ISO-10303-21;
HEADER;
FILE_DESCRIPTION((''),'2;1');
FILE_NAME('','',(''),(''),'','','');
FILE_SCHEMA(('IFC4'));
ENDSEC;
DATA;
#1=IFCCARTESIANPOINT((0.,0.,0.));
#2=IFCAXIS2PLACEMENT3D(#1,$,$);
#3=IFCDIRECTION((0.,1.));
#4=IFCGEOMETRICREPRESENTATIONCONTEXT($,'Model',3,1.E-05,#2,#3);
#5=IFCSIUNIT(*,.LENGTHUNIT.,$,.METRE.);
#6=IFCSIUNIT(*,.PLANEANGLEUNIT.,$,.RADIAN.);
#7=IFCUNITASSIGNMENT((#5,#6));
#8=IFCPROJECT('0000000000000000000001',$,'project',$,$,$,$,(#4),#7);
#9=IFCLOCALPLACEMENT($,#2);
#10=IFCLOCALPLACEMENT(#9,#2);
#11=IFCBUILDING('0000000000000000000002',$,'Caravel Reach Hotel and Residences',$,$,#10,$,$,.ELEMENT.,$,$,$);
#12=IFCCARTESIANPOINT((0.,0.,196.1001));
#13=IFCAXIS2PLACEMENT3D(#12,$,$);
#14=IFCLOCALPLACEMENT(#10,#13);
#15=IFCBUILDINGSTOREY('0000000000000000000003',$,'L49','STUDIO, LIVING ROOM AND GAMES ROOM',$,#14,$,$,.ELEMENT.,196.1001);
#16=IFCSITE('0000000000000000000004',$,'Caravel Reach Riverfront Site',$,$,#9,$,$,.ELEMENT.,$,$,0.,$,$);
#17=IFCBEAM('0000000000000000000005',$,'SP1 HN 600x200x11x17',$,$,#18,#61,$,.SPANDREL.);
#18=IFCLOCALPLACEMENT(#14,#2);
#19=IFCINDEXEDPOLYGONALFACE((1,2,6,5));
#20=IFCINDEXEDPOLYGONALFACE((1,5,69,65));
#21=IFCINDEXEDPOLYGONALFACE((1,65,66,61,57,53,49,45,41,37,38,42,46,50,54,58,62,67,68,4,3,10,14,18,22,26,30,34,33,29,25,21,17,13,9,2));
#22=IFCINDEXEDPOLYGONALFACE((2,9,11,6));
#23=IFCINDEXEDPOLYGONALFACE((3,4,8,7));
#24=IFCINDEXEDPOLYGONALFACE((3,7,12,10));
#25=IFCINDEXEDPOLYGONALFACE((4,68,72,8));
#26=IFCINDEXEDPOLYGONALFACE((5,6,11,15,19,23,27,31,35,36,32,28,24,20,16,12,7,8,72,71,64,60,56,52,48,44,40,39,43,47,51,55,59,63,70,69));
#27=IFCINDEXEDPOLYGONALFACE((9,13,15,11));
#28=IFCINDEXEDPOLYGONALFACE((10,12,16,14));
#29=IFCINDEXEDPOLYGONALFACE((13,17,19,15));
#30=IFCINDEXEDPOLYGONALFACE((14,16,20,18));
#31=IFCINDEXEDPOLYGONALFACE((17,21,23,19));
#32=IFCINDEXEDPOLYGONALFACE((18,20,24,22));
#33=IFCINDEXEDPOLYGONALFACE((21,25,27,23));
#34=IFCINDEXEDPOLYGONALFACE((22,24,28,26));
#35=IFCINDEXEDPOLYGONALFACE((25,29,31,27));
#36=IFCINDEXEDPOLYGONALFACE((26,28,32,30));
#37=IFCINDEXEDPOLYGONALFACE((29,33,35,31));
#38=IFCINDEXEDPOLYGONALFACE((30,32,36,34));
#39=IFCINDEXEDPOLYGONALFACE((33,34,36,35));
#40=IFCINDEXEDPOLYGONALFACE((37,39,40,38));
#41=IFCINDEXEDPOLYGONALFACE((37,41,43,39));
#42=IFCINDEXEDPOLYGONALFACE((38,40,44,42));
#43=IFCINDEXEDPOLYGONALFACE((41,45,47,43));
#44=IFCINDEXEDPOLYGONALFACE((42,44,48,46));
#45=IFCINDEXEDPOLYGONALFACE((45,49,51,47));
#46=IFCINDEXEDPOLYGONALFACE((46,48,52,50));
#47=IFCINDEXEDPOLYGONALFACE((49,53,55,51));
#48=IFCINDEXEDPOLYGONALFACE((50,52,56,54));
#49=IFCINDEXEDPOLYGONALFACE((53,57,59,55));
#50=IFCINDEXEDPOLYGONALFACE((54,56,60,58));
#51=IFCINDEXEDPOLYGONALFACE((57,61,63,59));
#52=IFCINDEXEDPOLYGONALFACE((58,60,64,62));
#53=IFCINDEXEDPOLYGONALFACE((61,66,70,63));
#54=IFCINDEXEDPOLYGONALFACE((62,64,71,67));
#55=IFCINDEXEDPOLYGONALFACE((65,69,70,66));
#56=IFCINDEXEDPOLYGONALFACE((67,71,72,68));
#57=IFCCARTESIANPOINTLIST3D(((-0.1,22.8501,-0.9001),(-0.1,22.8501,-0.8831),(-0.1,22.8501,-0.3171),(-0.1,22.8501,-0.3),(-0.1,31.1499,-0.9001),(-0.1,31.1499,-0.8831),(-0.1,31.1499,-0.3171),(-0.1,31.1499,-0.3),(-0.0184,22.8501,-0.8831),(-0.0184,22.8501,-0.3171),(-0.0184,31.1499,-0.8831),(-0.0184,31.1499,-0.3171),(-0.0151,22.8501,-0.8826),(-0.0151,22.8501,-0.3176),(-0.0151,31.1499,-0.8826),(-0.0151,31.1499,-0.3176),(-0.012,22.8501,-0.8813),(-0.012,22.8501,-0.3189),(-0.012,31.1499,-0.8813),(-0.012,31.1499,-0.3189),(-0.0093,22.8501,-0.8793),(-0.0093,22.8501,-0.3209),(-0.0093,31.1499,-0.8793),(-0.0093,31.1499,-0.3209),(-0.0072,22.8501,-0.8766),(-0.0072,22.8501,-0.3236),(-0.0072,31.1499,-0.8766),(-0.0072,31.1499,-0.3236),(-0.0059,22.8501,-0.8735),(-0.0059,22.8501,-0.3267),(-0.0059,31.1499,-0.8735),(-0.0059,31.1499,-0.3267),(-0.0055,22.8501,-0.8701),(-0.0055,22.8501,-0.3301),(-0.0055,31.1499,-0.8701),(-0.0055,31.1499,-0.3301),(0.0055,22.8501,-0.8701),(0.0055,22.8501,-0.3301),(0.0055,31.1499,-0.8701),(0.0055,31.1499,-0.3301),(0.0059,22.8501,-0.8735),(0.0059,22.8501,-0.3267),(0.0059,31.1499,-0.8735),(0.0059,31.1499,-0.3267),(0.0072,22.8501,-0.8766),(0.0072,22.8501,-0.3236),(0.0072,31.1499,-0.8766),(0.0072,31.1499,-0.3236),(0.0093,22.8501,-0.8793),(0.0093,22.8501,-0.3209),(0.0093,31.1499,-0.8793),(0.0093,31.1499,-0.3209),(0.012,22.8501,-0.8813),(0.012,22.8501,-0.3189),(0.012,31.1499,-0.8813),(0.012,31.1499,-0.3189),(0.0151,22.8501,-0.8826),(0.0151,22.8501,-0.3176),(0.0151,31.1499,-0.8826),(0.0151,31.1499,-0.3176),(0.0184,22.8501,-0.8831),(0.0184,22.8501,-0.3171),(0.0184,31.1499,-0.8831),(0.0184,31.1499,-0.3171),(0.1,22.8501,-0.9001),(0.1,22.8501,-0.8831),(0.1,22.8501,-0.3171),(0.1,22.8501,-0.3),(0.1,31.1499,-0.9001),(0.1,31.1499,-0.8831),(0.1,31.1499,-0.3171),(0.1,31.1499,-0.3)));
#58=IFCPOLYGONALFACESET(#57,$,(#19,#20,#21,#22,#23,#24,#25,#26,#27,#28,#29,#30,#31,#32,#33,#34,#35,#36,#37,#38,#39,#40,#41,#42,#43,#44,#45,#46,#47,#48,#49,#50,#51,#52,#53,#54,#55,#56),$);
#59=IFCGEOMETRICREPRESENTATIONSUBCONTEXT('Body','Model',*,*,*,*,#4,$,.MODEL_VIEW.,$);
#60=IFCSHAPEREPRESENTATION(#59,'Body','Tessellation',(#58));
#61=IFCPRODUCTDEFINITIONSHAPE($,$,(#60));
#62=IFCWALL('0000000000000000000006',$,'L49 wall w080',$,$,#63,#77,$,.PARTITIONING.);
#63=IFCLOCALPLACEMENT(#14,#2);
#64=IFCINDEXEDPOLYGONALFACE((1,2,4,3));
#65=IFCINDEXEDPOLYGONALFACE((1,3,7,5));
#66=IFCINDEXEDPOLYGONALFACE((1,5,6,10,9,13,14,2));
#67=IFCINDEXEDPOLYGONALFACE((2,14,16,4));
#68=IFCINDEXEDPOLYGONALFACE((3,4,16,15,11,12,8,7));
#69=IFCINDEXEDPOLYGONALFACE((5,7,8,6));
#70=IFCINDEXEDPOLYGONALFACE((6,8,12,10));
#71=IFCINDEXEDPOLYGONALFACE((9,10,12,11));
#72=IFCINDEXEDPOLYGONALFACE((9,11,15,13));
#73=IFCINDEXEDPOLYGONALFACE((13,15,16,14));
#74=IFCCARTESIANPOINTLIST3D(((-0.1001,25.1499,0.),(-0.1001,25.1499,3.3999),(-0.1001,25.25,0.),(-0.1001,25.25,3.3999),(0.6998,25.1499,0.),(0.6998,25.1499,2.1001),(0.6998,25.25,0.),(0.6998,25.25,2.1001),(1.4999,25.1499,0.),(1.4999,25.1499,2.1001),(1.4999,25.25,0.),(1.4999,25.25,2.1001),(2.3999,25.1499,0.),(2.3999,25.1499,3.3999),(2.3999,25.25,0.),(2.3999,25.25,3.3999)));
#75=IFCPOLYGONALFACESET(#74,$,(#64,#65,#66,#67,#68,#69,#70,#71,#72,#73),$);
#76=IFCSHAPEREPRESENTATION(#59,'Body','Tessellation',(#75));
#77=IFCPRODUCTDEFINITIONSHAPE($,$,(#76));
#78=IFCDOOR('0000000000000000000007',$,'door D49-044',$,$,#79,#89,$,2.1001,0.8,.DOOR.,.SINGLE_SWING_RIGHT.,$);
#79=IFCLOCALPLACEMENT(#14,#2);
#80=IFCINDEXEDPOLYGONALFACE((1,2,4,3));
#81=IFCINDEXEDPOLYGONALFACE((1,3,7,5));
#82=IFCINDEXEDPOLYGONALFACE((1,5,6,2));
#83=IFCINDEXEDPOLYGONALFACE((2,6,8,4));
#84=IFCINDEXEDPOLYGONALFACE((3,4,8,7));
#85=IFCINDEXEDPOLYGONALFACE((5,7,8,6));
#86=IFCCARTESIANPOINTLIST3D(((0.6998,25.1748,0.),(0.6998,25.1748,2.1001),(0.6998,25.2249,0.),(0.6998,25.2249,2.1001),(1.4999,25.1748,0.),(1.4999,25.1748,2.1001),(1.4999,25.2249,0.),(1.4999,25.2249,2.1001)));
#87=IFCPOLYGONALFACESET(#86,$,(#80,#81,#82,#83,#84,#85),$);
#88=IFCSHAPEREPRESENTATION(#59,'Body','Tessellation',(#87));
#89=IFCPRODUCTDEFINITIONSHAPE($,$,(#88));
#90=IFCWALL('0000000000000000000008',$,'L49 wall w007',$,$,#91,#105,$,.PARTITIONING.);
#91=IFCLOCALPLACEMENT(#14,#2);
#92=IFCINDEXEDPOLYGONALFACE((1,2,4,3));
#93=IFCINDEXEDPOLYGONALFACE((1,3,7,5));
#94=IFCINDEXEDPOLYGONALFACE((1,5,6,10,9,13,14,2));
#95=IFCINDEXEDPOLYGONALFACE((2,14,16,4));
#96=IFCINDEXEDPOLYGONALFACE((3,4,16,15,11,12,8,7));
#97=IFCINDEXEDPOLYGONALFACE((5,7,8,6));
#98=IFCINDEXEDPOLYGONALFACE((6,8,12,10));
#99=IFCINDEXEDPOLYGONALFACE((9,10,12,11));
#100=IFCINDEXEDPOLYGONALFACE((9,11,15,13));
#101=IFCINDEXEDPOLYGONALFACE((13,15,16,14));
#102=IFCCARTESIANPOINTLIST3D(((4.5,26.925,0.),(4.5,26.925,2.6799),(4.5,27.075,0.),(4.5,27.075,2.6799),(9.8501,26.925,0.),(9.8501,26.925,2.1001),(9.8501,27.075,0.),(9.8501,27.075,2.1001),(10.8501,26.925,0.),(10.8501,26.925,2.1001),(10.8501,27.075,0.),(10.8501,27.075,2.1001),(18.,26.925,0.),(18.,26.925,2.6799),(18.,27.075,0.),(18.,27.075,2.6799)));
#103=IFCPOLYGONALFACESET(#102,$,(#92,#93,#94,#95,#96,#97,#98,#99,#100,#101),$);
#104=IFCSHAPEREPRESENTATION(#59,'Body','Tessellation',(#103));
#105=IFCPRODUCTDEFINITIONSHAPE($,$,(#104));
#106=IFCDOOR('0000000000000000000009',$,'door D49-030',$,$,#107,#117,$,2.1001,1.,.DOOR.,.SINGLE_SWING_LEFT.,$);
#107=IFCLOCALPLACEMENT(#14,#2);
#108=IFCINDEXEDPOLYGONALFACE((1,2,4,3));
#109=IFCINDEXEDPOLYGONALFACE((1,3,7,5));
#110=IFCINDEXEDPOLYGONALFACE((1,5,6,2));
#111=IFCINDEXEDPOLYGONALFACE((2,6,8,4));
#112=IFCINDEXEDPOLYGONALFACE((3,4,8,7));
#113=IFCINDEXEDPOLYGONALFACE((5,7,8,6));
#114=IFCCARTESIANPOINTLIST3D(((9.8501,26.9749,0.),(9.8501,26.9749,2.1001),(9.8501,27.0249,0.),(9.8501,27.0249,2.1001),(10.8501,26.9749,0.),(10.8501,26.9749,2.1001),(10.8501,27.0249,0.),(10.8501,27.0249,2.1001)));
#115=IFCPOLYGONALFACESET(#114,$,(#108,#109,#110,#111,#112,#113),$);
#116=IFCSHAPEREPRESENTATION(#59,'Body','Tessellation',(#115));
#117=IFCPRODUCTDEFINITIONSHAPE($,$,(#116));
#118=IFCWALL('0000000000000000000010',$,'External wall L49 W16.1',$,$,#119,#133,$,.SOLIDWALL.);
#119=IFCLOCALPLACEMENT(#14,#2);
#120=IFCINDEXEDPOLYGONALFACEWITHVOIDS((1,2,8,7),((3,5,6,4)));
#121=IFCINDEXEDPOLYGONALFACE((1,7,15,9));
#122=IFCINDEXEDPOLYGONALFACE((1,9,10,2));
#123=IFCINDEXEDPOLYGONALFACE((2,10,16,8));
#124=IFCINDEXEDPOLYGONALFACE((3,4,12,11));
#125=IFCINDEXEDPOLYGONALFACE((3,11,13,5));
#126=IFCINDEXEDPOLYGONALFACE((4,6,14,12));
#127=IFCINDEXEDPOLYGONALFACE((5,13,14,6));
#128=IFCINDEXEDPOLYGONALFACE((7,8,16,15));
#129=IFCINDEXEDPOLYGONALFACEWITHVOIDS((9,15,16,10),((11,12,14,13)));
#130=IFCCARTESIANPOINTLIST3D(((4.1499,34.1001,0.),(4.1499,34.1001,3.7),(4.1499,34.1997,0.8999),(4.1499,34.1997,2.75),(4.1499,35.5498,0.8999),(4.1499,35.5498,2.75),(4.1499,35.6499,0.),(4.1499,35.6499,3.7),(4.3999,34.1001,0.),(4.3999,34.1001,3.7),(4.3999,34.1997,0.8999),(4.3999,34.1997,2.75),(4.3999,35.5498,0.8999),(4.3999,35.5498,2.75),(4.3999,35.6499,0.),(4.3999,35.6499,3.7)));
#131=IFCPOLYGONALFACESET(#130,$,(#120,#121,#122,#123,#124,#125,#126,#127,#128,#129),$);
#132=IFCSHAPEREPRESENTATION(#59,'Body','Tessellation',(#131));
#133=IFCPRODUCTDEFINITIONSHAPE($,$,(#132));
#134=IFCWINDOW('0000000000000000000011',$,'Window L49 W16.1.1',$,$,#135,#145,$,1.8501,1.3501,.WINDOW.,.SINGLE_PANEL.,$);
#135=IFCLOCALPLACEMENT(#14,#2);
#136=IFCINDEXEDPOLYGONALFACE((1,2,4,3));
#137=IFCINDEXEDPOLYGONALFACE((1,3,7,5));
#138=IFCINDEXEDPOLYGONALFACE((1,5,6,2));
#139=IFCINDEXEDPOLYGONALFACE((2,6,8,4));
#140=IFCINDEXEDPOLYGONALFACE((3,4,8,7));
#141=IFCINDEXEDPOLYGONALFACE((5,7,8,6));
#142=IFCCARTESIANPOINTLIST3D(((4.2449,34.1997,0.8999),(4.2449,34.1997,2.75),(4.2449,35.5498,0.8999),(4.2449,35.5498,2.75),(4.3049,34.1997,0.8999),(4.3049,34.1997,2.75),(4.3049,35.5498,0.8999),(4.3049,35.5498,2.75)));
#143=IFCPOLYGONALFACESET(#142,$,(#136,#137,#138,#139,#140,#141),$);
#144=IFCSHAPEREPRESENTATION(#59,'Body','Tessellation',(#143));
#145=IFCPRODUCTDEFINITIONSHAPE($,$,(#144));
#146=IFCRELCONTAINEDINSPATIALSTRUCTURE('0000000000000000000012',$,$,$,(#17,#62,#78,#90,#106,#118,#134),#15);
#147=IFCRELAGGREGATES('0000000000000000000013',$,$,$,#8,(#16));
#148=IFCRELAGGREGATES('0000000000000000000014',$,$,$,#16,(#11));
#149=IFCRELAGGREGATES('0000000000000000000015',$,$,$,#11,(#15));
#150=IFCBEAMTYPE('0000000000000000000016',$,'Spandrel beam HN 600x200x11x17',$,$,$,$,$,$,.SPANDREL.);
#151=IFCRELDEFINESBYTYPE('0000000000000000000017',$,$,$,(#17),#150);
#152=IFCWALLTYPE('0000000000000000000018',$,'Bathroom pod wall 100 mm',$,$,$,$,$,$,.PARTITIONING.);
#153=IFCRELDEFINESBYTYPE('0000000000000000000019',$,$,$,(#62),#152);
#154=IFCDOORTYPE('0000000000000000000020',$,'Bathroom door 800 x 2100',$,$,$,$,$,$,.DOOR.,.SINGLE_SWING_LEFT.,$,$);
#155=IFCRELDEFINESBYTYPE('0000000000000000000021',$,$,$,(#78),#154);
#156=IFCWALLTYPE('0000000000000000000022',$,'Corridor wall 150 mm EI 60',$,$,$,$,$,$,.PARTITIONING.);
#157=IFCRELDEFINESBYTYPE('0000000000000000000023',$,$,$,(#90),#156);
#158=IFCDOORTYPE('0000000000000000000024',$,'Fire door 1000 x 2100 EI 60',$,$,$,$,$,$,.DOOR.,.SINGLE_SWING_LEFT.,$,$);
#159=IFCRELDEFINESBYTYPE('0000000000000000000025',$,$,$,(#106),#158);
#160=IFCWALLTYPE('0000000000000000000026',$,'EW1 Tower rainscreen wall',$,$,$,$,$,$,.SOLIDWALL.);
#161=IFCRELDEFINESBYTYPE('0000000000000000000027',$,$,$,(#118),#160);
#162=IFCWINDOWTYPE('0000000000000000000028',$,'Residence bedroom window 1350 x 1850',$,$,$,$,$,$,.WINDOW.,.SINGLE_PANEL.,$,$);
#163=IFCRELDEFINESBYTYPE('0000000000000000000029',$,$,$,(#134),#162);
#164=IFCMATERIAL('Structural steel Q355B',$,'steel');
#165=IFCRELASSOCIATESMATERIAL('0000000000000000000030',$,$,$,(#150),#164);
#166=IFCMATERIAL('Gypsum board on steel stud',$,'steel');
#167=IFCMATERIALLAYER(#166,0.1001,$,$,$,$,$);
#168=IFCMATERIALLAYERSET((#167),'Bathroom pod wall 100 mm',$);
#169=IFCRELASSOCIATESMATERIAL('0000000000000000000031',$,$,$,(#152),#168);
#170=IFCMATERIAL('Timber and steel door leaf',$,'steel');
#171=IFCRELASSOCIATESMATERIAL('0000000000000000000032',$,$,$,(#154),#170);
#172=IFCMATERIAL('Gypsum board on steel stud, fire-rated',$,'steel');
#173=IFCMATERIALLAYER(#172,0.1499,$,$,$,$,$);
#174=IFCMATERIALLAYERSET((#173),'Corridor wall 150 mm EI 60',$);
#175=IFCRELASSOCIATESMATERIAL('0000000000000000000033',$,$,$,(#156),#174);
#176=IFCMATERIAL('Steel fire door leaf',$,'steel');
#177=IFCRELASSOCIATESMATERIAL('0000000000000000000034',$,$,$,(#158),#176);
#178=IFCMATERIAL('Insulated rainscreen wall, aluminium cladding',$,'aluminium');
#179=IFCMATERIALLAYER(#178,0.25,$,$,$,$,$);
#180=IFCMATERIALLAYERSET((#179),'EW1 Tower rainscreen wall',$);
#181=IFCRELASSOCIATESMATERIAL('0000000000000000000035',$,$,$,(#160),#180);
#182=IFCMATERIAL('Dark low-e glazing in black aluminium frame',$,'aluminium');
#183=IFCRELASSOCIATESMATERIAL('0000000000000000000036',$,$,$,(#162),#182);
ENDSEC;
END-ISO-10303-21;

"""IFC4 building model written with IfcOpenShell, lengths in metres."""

from ifc_helpers import new_model, si_unit, direction, frame, frame_2d, origin, origin_2d, place, context, subcontext, project, spatial, rectangle, i_section, extrude, material, layer, layer_set, material_profile, profile_set, type_object, element, fill, save


model = new_model("IFC4")

# Units and contexts
model_context = context("Model", 3, precision=1e-05, world=origin(), true_north=direction((0.0, 1.0)))
body_context = subcontext(model_context, "Body", "Model", "MODEL_VIEW")
ifc_project = project(units=[si_unit("LENGTHUNIT", "METRE"), si_unit("PLANEANGLEUNIT", "RADIAN")], contexts=[model_context])

# Site, building, storey
site_placement = place(None, origin())
site = spatial("IfcSite", under=ifc_project, at=site_placement, Name="Caravel Reach Riverfront Site", CompositionType="ELEMENT", RefElevation=0.0)
building_placement = place(site_placement, origin())
building = spatial("IfcBuilding", under=site, at=building_placement, Name="Caravel Reach Hotel and Residences", CompositionType="ELEMENT")
storey_placement = place(building_placement, frame((0.0, 0.0, 196.1001)))
storey = spatial("IfcBuildingStorey", under=building, at=storey_placement, Name="L49", Description="STUDIO, LIVING ROOM AND GAMES ROOM", CompositionType="ELEMENT", Elevation=196.1001)

# Beam
ifc_material_1 = material(Name="Structural steel Q355B", Category="steel")
ifc_material_profile_1 = material_profile(ifc_material_1, i_section(OverallWidth=0.2, OverallDepth=0.6001, WebThickness=0.011, FlangeThickness=0.0171, FilletRadius=0.0129, at=origin_2d()), Name="HN 600x200x11x17")
ifc_profile_set_1 = profile_set([ifc_material_profile_1], Name="Structural steel Q355B")
beam_type = type_object("IfcBeamType", Name="Spandrel beam HN 600x200x11x17", PredefinedType="SPANDREL", material=ifc_profile_set_1)
beam_placement = place(storey_placement, frame((0.0, 31.1499, -0.6001), z_axis=(0.0, -1.0, 0.0), x_axis=(1.0, 0.0, 0.0)))
element("IfcBeam", 1, at=beam_placement, inside=storey, type_object=beam_type, Name="SP1 HN 600x200x11x17", PredefinedType="SPANDREL", context=body_context, shape_type="SweptSolid", body=[
    extrude(i_section(OverallWidth=0.2, OverallDepth=0.6001, WebThickness=0.011, FlangeThickness=0.0171, FilletRadius=0.0129, at=origin_2d()), origin(), (0.0, 0.0, 1.0), 8.2998),
])

# Walls, openings, doors
ifc_material_2 = material(Name="Gypsum board on steel stud", Category="steel")
ifc_layer_1 = layer(ifc_material_2, 0.1001)
ifc_layer_set_1 = layer_set([ifc_layer_1], Name="Bathroom pod wall 100 mm")
wall_type_1 = type_object("IfcWallType", Name="Bathroom pod wall 100 mm", PredefinedType="PARTITIONING", material=ifc_layer_set_1)
wall_1_placement = place(storey_placement, frame((-0.1001, 25.2, 0.0), z_axis=(0.0, 0.0, 1.0), x_axis=(1.0, 0.0, 0.0)))
wall_1 = element("IfcWall", 2, at=wall_1_placement, inside=storey, type_object=wall_type_1, Name="L49 wall w080", PredefinedType="PARTITIONING", context=body_context, shape_type="SweptSolid", body=[
    extrude(rectangle(XDim=2.5, YDim=0.1001, at=frame_2d((1.25, 0.0))), origin(), (0.0, 0.0, 1.0), 3.3999),
])
opening_1_placement = place(wall_1_placement, frame((0.8, 0.0, 0.0)))
opening_1 = element("IfcOpeningElement", 3, at=opening_1_placement, cuts=wall_1, PredefinedType="OPENING", context=body_context, shape_type="SweptSolid", body=[
    extrude(rectangle(XDim=0.8, YDim=2.1001, at=frame_2d((0.3999, 1.05))), frame((0.0, 0.0601, 0.0), z_axis=(0.0, -1.0, 0.0), x_axis=(1.0, 0.0, 0.0)), (0.0, 0.0, 1.0), 0.1201),
])
ifc_material_3 = material(Name="Timber and steel door leaf", Category="steel")
door_type_1 = type_object("IfcDoorType", Name="Bathroom door 800 x 2100", OperationType="SINGLE_SWING_LEFT", PredefinedType="DOOR", material=ifc_material_3)
door_1_placement = place(opening_1_placement, origin())
door_1 = element("IfcDoor", 4, at=door_1_placement, inside=storey, type_object=door_type_1, Name="door D49-044", OperationType="SINGLE_SWING_RIGHT", OverallHeight=2.1001, OverallWidth=0.8, PredefinedType="DOOR", context=body_context, shape_type="SweptSolid", body=[
    extrude(rectangle(XDim=0.8, YDim=2.1001, at=frame_2d((0.3999, 1.05))), frame((0.0, 0.0249, 0.0), z_axis=(0.0, -1.0, 0.0), x_axis=(1.0, 0.0, 0.0)), (0.0, 0.0, 1.0), 0.05),
])
fill(opening_1, door_1)
ifc_material_4 = material(Name="Gypsum board on steel stud, fire-rated", Category="steel")
ifc_layer_2 = layer(ifc_material_4, 0.1499)
ifc_layer_set_2 = layer_set([ifc_layer_2], Name="Corridor wall 150 mm EI 60")
wall_type_2 = type_object("IfcWallType", Name="Corridor wall 150 mm EI 60", PredefinedType="PARTITIONING", material=ifc_layer_set_2)
wall_2_placement = place(storey_placement, frame((4.5, 27.0, 0.0), z_axis=(0.0, 0.0, 1.0), x_axis=(1.0, 0.0, 0.0)))
wall_2 = element("IfcWall", 5, at=wall_2_placement, inside=storey, type_object=wall_type_2, Name="L49 wall w007", PredefinedType="PARTITIONING", context=body_context, shape_type="SweptSolid", body=[
    extrude(rectangle(XDim=13.5, YDim=0.1499, at=frame_2d((6.75, 0.0))), origin(), (0.0, 0.0, 1.0), 2.6799),
])
opening_2_placement = place(wall_2_placement, frame((5.3501, 0.0, 0.0)))
opening_2 = element("IfcOpeningElement", 6, at=opening_2_placement, cuts=wall_2, PredefinedType="OPENING", context=body_context, shape_type="SweptSolid", body=[
    extrude(rectangle(XDim=1.0, YDim=2.1001, at=frame_2d((0.5, 1.05))), frame((0.0, 0.085, 0.0), z_axis=(0.0, -1.0, 0.0), x_axis=(1.0, 0.0, 0.0)), (0.0, 0.0, 1.0), 0.1699),
])
ifc_material_5 = material(Name="Steel fire door leaf", Category="steel")
door_type_2 = type_object("IfcDoorType", Name="Fire door 1000 x 2100 EI 60", OperationType="SINGLE_SWING_LEFT", PredefinedType="DOOR", material=ifc_material_5)
door_2_placement = place(opening_2_placement, origin())
door_2 = element("IfcDoor", 7, at=door_2_placement, inside=storey, type_object=door_type_2, Name="door D49-030", OperationType="SINGLE_SWING_LEFT", OverallHeight=2.1001, OverallWidth=1.0, PredefinedType="DOOR", context=body_context, shape_type="SweptSolid", body=[
    extrude(rectangle(XDim=1.0, YDim=2.1001, at=frame_2d((0.5, 1.05))), frame((0.0, 0.0249, 0.0), z_axis=(0.0, -1.0, 0.0), x_axis=(1.0, 0.0, 0.0)), (0.0, 0.0, 1.0), 0.05),
])
fill(opening_2, door_2)

# Wall, opening, window
ifc_material_6 = material(Name="Insulated rainscreen wall, aluminium cladding", Category="aluminium")
ifc_layer_3 = layer(ifc_material_6, 0.25)
ifc_layer_set_3 = layer_set([ifc_layer_3], Name="EW1 Tower rainscreen wall")
wall_type_3 = type_object("IfcWallType", Name="EW1 Tower rainscreen wall", PredefinedType="SOLIDWALL", material=ifc_layer_set_3)
wall_3_placement = place(storey_placement, frame((4.2749, 35.6499, 0.0), z_axis=(0.0, 0.0, 1.0), x_axis=(0.0, -1.0, 0.0)))
wall_3 = element("IfcWall", 8, at=wall_3_placement, inside=storey, type_object=wall_type_3, Name="External wall L49 W16.1", PredefinedType="SOLIDWALL", context=body_context, shape_type="SweptSolid", body=[
    extrude(rectangle(XDim=1.5498, YDim=0.25, at=frame_2d((0.7749, 0.0))), origin(), (0.0, 0.0, 1.0), 3.7),
])
opening_3_placement = place(wall_3_placement, frame((0.1001, 0.0, 0.8999)))
opening_3 = element("IfcOpeningElement", 9, at=opening_3_placement, cuts=wall_3, PredefinedType="OPENING", context=body_context, shape_type="SweptSolid", body=[
    extrude(rectangle(XDim=1.3501, YDim=1.8501, at=frame_2d((0.675, 0.925))), frame((0.0, 0.135, 0.0), z_axis=(0.0, -1.0, 0.0), x_axis=(1.0, 0.0, 0.0)), (0.0, 0.0, 1.0), 0.27),
])
ifc_material_7 = material(Name="Dark low-e glazing in black aluminium frame", Category="aluminium")
window_type_1 = type_object("IfcWindowType", Name="Residence bedroom window 1350 x 1850", PartitioningType="SINGLE_PANEL", PredefinedType="WINDOW", material=ifc_material_7)
window_1_placement = place(opening_3_placement, origin())
window_1 = element("IfcWindow", 10, at=window_1_placement, inside=storey, type_object=window_type_1, Name="Window L49 W16.1.1", OverallHeight=1.8501, OverallWidth=1.3501, PartitioningType="SINGLE_PANEL", PredefinedType="WINDOW", context=body_context, shape_type="SweptSolid", body=[
    extrude(rectangle(XDim=1.3501, YDim=1.8501, at=frame_2d((0.675, 0.925))), frame((0.0, 0.03, 0.0), z_axis=(0.0, -1.0, 0.0), x_axis=(1.0, 0.0, 0.0)), (0.0, 0.0, 1.0), 0.0601),
])
fill(opening_3, window_1)

save(model, "model.ifc")
